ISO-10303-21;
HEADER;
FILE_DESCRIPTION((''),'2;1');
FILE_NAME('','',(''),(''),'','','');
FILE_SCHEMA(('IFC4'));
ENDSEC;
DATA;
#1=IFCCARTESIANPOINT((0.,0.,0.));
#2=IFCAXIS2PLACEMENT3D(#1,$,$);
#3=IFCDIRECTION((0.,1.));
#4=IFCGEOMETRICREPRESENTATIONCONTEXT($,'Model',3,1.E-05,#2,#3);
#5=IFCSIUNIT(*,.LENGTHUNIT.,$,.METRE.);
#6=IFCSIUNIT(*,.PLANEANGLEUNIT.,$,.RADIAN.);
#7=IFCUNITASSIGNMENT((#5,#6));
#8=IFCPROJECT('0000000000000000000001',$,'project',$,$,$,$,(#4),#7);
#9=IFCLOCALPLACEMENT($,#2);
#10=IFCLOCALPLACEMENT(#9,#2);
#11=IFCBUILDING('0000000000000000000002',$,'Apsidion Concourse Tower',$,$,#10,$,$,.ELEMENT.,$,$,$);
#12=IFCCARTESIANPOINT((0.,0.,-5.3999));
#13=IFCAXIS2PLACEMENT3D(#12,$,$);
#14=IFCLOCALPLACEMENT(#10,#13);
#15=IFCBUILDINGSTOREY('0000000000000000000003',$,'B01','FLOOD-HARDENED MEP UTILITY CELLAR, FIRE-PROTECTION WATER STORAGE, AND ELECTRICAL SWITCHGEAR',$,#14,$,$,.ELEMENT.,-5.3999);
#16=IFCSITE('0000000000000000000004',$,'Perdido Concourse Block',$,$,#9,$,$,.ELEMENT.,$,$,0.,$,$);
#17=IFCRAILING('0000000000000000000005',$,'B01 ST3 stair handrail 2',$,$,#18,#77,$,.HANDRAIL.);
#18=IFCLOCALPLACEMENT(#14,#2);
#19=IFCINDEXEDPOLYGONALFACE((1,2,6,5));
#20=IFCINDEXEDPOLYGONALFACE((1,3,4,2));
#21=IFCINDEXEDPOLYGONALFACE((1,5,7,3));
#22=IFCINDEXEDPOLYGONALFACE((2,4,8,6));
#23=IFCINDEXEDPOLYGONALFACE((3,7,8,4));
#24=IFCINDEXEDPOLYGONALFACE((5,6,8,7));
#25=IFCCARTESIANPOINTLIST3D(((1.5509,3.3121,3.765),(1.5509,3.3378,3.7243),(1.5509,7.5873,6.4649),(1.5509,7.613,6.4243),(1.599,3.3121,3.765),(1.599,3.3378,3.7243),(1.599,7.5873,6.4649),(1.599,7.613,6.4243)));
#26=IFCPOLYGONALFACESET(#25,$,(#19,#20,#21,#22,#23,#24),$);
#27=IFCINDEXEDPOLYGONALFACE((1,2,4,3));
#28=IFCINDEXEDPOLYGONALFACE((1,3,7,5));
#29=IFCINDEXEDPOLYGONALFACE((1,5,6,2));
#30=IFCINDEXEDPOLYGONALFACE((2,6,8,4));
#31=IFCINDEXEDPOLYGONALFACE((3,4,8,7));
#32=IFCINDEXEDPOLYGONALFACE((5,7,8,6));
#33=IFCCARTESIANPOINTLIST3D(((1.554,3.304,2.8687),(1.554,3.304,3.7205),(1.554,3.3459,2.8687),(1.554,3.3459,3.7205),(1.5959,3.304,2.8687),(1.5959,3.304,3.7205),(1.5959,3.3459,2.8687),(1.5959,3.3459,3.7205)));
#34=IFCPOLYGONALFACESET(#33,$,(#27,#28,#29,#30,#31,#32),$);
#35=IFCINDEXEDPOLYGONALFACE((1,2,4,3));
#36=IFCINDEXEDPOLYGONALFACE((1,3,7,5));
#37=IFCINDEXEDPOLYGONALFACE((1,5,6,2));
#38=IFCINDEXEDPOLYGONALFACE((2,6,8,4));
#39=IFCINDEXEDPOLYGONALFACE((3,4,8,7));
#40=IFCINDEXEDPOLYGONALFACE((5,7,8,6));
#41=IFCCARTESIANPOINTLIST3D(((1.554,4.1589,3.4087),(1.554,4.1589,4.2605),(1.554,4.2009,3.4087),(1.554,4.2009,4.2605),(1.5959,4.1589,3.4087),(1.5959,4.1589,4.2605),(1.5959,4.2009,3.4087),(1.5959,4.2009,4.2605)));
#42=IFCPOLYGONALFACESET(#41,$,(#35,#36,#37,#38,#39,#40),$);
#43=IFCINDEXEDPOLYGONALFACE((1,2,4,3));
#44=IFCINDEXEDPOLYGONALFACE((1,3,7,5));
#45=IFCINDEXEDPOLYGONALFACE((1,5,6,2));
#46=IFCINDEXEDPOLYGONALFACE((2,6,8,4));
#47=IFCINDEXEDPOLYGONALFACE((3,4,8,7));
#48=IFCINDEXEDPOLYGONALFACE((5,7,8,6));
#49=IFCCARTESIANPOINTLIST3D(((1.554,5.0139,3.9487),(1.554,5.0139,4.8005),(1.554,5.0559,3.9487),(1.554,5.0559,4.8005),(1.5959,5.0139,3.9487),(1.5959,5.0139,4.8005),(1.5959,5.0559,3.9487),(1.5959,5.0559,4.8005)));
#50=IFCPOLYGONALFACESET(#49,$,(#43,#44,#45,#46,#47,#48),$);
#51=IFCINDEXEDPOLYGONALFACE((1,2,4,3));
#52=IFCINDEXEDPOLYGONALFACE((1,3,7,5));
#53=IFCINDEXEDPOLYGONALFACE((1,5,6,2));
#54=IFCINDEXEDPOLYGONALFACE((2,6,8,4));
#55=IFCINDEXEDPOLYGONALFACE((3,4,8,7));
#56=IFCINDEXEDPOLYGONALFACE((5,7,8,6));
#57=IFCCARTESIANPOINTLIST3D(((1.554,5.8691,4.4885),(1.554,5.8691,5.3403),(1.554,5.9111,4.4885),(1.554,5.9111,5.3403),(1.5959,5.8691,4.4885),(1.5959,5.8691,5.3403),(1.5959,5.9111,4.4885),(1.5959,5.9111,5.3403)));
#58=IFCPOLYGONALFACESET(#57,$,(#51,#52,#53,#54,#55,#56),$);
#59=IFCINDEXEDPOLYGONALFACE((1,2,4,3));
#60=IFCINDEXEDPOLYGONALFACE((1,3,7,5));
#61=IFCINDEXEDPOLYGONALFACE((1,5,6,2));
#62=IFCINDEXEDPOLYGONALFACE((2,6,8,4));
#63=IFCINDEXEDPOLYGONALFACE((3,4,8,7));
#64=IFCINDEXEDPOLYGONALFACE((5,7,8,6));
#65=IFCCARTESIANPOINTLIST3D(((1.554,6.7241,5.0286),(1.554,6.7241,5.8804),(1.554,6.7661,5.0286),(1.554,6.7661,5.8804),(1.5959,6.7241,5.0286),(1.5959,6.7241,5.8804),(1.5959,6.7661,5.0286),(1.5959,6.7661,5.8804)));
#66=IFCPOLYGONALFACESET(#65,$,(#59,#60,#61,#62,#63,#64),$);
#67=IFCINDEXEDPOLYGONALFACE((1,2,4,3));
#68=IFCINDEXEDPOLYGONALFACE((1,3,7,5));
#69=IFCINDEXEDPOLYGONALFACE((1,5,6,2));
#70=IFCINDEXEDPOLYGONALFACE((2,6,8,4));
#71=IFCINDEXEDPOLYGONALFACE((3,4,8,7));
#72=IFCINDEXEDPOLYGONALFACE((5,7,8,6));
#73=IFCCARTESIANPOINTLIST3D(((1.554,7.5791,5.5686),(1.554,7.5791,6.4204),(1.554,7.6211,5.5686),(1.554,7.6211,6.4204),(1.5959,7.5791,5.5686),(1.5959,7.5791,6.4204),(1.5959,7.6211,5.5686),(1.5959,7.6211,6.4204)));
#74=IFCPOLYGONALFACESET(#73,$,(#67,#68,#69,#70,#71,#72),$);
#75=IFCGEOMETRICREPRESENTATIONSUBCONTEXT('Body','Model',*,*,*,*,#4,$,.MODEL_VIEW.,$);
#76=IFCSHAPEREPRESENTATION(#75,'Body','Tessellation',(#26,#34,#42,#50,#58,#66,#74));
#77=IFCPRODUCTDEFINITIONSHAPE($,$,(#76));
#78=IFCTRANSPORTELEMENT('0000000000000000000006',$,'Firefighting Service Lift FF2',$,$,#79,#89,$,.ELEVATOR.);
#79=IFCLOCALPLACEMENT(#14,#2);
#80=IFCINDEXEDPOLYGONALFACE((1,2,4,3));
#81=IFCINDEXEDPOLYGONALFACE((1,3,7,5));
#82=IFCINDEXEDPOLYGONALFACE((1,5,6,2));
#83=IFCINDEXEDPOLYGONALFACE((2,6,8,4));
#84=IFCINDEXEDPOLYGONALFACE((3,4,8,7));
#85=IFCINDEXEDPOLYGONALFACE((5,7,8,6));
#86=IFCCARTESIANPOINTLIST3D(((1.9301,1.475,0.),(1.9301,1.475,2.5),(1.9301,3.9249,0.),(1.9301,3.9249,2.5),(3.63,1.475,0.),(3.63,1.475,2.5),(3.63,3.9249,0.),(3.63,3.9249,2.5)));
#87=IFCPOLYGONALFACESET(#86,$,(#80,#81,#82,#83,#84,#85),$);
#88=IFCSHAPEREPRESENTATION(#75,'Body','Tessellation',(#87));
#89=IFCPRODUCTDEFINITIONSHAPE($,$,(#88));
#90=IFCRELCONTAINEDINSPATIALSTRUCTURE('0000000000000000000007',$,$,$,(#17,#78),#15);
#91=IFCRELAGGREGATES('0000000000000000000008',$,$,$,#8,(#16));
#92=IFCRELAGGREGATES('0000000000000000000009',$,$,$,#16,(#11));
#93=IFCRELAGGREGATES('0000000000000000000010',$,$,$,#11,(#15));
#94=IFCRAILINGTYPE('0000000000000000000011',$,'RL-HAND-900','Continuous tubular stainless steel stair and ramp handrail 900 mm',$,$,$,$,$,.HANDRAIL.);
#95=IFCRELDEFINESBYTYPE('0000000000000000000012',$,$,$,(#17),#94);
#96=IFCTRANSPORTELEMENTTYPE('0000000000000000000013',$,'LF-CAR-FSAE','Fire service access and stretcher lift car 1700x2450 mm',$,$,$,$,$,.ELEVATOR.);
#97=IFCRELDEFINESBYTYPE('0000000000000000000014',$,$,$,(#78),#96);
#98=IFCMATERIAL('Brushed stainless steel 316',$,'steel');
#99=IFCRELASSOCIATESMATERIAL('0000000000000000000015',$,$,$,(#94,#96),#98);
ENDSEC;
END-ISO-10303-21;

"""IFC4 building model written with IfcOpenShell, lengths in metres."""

from ifc_helpers import new_model, si_unit, direction, frame, origin, origin_2d, place, context, subcontext, project, spatial, rectangle, extrude, material, type_object, element, save


model = new_model("IFC4")

# Units and contexts
model_context = context("Model", 3, precision=1e-05, world=origin(), true_north=direction((0.0, 1.0)))
body_context = subcontext(model_context, "Body", "Model", "MODEL_VIEW")
ifc_project = project(units=[si_unit("LENGTHUNIT", "METRE"), si_unit("PLANEANGLEUNIT", "RADIAN")], contexts=[model_context])

# Site, building, storey
site_placement = place(None, origin())
site = spatial("IfcSite", under=ifc_project, at=site_placement, Name="Perdido Concourse Block", CompositionType="ELEMENT", RefElevation=0.0)
building_placement = place(site_placement, origin())
building = spatial("IfcBuilding", under=site, at=building_placement, Name="Apsidion Concourse Tower", CompositionType="ELEMENT")
storey_placement = place(building_placement, frame((0.0, 0.0, -5.3999)))
storey = spatial("IfcBuildingStorey", under=building, at=storey_placement, Name="B01", Description="FLOOD-HARDENED MEP UTILITY CELLAR, FIRE-PROTECTION WATER STORAGE, AND ELECTRICAL SWITCHGEAR", CompositionType="ELEMENT", Elevation=-5.3999)

# Railing
ifc_material_1 = material(Name="Brushed stainless steel 316", Category="steel")
railing_type_1 = type_object("IfcRailingType", Name="RL-HAND-900", Description="Continuous tubular stainless steel stair and ramp handrail 900 mm", PredefinedType="HANDRAIL", material=ifc_material_1)
railing_1_placement = place(storey_placement, frame((1.575, 3.325, 2.8687)))
element("IfcRailing", 1, at=railing_1_placement, inside=storey, type_object=railing_type_1, Name="B01 ST3 stair handrail 2", PredefinedType="HANDRAIL", context=body_context, shape_type="SweptSolid", body=[
    extrude(rectangle(XDim=0.0481, YDim=0.0481, at=origin_2d()), frame((0.0, 0.0, 0.876), z_axis=(0.0, 0.845502, 0.533973), x_axis=(-1.0, 0.0, 0.0)), (0.0, 0.0, 1.0), 5.0564),
    extrude(rectangle(XDim=0.042, YDim=0.042, at=origin_2d()), origin(), (0.0, 0.0, 1.0), 0.8518),
    extrude(rectangle(XDim=0.042, YDim=0.042, at=origin_2d()), frame((0.0, 0.855, 0.54)), (0.0, 0.0, 1.0), 0.8518),
    extrude(rectangle(XDim=0.042, YDim=0.042, at=origin_2d()), frame((0.0, 1.71, 1.0801)), (0.0, 0.0, 1.0), 0.8518),
    extrude(rectangle(XDim=0.042, YDim=0.042, at=origin_2d()), frame((0.0, 2.5652, 1.6199)), (0.0, 0.0, 1.0), 0.8518),
    extrude(rectangle(XDim=0.042, YDim=0.042, at=origin_2d()), frame((0.0, 3.4202, 2.1599)), (0.0, 0.0, 1.0), 0.8518),
    extrude(rectangle(XDim=0.042, YDim=0.042, at=origin_2d()), frame((0.0, 4.2751, 2.7)), (0.0, 0.0, 1.0), 0.8518),
])

# Transport element
transport_element_type = type_object("IfcTransportElementType", Name="LF-CAR-FSAE", Description="Fire service access and stretcher lift car 1700x2450 mm", PredefinedType="ELEVATOR", material=ifc_material_1)
transport_element_placement = place(storey_placement, frame((2.78, 2.7, 0.0), z_axis=(0.0, 0.0, 1.0), x_axis=(1.0, 0.0, 0.0)))
element("IfcTransportElement", 2, at=transport_element_placement, inside=storey, type_object=transport_element_type, Name="Firefighting Service Lift FF2", PredefinedType="ELEVATOR", context=body_context, shape_type="SweptSolid", body=[
    extrude(rectangle(XDim=1.7, YDim=2.45, at=origin_2d()), origin(), (0.0, 0.0, 1.0), 2.5),
])

save(model, "model.ifc")
